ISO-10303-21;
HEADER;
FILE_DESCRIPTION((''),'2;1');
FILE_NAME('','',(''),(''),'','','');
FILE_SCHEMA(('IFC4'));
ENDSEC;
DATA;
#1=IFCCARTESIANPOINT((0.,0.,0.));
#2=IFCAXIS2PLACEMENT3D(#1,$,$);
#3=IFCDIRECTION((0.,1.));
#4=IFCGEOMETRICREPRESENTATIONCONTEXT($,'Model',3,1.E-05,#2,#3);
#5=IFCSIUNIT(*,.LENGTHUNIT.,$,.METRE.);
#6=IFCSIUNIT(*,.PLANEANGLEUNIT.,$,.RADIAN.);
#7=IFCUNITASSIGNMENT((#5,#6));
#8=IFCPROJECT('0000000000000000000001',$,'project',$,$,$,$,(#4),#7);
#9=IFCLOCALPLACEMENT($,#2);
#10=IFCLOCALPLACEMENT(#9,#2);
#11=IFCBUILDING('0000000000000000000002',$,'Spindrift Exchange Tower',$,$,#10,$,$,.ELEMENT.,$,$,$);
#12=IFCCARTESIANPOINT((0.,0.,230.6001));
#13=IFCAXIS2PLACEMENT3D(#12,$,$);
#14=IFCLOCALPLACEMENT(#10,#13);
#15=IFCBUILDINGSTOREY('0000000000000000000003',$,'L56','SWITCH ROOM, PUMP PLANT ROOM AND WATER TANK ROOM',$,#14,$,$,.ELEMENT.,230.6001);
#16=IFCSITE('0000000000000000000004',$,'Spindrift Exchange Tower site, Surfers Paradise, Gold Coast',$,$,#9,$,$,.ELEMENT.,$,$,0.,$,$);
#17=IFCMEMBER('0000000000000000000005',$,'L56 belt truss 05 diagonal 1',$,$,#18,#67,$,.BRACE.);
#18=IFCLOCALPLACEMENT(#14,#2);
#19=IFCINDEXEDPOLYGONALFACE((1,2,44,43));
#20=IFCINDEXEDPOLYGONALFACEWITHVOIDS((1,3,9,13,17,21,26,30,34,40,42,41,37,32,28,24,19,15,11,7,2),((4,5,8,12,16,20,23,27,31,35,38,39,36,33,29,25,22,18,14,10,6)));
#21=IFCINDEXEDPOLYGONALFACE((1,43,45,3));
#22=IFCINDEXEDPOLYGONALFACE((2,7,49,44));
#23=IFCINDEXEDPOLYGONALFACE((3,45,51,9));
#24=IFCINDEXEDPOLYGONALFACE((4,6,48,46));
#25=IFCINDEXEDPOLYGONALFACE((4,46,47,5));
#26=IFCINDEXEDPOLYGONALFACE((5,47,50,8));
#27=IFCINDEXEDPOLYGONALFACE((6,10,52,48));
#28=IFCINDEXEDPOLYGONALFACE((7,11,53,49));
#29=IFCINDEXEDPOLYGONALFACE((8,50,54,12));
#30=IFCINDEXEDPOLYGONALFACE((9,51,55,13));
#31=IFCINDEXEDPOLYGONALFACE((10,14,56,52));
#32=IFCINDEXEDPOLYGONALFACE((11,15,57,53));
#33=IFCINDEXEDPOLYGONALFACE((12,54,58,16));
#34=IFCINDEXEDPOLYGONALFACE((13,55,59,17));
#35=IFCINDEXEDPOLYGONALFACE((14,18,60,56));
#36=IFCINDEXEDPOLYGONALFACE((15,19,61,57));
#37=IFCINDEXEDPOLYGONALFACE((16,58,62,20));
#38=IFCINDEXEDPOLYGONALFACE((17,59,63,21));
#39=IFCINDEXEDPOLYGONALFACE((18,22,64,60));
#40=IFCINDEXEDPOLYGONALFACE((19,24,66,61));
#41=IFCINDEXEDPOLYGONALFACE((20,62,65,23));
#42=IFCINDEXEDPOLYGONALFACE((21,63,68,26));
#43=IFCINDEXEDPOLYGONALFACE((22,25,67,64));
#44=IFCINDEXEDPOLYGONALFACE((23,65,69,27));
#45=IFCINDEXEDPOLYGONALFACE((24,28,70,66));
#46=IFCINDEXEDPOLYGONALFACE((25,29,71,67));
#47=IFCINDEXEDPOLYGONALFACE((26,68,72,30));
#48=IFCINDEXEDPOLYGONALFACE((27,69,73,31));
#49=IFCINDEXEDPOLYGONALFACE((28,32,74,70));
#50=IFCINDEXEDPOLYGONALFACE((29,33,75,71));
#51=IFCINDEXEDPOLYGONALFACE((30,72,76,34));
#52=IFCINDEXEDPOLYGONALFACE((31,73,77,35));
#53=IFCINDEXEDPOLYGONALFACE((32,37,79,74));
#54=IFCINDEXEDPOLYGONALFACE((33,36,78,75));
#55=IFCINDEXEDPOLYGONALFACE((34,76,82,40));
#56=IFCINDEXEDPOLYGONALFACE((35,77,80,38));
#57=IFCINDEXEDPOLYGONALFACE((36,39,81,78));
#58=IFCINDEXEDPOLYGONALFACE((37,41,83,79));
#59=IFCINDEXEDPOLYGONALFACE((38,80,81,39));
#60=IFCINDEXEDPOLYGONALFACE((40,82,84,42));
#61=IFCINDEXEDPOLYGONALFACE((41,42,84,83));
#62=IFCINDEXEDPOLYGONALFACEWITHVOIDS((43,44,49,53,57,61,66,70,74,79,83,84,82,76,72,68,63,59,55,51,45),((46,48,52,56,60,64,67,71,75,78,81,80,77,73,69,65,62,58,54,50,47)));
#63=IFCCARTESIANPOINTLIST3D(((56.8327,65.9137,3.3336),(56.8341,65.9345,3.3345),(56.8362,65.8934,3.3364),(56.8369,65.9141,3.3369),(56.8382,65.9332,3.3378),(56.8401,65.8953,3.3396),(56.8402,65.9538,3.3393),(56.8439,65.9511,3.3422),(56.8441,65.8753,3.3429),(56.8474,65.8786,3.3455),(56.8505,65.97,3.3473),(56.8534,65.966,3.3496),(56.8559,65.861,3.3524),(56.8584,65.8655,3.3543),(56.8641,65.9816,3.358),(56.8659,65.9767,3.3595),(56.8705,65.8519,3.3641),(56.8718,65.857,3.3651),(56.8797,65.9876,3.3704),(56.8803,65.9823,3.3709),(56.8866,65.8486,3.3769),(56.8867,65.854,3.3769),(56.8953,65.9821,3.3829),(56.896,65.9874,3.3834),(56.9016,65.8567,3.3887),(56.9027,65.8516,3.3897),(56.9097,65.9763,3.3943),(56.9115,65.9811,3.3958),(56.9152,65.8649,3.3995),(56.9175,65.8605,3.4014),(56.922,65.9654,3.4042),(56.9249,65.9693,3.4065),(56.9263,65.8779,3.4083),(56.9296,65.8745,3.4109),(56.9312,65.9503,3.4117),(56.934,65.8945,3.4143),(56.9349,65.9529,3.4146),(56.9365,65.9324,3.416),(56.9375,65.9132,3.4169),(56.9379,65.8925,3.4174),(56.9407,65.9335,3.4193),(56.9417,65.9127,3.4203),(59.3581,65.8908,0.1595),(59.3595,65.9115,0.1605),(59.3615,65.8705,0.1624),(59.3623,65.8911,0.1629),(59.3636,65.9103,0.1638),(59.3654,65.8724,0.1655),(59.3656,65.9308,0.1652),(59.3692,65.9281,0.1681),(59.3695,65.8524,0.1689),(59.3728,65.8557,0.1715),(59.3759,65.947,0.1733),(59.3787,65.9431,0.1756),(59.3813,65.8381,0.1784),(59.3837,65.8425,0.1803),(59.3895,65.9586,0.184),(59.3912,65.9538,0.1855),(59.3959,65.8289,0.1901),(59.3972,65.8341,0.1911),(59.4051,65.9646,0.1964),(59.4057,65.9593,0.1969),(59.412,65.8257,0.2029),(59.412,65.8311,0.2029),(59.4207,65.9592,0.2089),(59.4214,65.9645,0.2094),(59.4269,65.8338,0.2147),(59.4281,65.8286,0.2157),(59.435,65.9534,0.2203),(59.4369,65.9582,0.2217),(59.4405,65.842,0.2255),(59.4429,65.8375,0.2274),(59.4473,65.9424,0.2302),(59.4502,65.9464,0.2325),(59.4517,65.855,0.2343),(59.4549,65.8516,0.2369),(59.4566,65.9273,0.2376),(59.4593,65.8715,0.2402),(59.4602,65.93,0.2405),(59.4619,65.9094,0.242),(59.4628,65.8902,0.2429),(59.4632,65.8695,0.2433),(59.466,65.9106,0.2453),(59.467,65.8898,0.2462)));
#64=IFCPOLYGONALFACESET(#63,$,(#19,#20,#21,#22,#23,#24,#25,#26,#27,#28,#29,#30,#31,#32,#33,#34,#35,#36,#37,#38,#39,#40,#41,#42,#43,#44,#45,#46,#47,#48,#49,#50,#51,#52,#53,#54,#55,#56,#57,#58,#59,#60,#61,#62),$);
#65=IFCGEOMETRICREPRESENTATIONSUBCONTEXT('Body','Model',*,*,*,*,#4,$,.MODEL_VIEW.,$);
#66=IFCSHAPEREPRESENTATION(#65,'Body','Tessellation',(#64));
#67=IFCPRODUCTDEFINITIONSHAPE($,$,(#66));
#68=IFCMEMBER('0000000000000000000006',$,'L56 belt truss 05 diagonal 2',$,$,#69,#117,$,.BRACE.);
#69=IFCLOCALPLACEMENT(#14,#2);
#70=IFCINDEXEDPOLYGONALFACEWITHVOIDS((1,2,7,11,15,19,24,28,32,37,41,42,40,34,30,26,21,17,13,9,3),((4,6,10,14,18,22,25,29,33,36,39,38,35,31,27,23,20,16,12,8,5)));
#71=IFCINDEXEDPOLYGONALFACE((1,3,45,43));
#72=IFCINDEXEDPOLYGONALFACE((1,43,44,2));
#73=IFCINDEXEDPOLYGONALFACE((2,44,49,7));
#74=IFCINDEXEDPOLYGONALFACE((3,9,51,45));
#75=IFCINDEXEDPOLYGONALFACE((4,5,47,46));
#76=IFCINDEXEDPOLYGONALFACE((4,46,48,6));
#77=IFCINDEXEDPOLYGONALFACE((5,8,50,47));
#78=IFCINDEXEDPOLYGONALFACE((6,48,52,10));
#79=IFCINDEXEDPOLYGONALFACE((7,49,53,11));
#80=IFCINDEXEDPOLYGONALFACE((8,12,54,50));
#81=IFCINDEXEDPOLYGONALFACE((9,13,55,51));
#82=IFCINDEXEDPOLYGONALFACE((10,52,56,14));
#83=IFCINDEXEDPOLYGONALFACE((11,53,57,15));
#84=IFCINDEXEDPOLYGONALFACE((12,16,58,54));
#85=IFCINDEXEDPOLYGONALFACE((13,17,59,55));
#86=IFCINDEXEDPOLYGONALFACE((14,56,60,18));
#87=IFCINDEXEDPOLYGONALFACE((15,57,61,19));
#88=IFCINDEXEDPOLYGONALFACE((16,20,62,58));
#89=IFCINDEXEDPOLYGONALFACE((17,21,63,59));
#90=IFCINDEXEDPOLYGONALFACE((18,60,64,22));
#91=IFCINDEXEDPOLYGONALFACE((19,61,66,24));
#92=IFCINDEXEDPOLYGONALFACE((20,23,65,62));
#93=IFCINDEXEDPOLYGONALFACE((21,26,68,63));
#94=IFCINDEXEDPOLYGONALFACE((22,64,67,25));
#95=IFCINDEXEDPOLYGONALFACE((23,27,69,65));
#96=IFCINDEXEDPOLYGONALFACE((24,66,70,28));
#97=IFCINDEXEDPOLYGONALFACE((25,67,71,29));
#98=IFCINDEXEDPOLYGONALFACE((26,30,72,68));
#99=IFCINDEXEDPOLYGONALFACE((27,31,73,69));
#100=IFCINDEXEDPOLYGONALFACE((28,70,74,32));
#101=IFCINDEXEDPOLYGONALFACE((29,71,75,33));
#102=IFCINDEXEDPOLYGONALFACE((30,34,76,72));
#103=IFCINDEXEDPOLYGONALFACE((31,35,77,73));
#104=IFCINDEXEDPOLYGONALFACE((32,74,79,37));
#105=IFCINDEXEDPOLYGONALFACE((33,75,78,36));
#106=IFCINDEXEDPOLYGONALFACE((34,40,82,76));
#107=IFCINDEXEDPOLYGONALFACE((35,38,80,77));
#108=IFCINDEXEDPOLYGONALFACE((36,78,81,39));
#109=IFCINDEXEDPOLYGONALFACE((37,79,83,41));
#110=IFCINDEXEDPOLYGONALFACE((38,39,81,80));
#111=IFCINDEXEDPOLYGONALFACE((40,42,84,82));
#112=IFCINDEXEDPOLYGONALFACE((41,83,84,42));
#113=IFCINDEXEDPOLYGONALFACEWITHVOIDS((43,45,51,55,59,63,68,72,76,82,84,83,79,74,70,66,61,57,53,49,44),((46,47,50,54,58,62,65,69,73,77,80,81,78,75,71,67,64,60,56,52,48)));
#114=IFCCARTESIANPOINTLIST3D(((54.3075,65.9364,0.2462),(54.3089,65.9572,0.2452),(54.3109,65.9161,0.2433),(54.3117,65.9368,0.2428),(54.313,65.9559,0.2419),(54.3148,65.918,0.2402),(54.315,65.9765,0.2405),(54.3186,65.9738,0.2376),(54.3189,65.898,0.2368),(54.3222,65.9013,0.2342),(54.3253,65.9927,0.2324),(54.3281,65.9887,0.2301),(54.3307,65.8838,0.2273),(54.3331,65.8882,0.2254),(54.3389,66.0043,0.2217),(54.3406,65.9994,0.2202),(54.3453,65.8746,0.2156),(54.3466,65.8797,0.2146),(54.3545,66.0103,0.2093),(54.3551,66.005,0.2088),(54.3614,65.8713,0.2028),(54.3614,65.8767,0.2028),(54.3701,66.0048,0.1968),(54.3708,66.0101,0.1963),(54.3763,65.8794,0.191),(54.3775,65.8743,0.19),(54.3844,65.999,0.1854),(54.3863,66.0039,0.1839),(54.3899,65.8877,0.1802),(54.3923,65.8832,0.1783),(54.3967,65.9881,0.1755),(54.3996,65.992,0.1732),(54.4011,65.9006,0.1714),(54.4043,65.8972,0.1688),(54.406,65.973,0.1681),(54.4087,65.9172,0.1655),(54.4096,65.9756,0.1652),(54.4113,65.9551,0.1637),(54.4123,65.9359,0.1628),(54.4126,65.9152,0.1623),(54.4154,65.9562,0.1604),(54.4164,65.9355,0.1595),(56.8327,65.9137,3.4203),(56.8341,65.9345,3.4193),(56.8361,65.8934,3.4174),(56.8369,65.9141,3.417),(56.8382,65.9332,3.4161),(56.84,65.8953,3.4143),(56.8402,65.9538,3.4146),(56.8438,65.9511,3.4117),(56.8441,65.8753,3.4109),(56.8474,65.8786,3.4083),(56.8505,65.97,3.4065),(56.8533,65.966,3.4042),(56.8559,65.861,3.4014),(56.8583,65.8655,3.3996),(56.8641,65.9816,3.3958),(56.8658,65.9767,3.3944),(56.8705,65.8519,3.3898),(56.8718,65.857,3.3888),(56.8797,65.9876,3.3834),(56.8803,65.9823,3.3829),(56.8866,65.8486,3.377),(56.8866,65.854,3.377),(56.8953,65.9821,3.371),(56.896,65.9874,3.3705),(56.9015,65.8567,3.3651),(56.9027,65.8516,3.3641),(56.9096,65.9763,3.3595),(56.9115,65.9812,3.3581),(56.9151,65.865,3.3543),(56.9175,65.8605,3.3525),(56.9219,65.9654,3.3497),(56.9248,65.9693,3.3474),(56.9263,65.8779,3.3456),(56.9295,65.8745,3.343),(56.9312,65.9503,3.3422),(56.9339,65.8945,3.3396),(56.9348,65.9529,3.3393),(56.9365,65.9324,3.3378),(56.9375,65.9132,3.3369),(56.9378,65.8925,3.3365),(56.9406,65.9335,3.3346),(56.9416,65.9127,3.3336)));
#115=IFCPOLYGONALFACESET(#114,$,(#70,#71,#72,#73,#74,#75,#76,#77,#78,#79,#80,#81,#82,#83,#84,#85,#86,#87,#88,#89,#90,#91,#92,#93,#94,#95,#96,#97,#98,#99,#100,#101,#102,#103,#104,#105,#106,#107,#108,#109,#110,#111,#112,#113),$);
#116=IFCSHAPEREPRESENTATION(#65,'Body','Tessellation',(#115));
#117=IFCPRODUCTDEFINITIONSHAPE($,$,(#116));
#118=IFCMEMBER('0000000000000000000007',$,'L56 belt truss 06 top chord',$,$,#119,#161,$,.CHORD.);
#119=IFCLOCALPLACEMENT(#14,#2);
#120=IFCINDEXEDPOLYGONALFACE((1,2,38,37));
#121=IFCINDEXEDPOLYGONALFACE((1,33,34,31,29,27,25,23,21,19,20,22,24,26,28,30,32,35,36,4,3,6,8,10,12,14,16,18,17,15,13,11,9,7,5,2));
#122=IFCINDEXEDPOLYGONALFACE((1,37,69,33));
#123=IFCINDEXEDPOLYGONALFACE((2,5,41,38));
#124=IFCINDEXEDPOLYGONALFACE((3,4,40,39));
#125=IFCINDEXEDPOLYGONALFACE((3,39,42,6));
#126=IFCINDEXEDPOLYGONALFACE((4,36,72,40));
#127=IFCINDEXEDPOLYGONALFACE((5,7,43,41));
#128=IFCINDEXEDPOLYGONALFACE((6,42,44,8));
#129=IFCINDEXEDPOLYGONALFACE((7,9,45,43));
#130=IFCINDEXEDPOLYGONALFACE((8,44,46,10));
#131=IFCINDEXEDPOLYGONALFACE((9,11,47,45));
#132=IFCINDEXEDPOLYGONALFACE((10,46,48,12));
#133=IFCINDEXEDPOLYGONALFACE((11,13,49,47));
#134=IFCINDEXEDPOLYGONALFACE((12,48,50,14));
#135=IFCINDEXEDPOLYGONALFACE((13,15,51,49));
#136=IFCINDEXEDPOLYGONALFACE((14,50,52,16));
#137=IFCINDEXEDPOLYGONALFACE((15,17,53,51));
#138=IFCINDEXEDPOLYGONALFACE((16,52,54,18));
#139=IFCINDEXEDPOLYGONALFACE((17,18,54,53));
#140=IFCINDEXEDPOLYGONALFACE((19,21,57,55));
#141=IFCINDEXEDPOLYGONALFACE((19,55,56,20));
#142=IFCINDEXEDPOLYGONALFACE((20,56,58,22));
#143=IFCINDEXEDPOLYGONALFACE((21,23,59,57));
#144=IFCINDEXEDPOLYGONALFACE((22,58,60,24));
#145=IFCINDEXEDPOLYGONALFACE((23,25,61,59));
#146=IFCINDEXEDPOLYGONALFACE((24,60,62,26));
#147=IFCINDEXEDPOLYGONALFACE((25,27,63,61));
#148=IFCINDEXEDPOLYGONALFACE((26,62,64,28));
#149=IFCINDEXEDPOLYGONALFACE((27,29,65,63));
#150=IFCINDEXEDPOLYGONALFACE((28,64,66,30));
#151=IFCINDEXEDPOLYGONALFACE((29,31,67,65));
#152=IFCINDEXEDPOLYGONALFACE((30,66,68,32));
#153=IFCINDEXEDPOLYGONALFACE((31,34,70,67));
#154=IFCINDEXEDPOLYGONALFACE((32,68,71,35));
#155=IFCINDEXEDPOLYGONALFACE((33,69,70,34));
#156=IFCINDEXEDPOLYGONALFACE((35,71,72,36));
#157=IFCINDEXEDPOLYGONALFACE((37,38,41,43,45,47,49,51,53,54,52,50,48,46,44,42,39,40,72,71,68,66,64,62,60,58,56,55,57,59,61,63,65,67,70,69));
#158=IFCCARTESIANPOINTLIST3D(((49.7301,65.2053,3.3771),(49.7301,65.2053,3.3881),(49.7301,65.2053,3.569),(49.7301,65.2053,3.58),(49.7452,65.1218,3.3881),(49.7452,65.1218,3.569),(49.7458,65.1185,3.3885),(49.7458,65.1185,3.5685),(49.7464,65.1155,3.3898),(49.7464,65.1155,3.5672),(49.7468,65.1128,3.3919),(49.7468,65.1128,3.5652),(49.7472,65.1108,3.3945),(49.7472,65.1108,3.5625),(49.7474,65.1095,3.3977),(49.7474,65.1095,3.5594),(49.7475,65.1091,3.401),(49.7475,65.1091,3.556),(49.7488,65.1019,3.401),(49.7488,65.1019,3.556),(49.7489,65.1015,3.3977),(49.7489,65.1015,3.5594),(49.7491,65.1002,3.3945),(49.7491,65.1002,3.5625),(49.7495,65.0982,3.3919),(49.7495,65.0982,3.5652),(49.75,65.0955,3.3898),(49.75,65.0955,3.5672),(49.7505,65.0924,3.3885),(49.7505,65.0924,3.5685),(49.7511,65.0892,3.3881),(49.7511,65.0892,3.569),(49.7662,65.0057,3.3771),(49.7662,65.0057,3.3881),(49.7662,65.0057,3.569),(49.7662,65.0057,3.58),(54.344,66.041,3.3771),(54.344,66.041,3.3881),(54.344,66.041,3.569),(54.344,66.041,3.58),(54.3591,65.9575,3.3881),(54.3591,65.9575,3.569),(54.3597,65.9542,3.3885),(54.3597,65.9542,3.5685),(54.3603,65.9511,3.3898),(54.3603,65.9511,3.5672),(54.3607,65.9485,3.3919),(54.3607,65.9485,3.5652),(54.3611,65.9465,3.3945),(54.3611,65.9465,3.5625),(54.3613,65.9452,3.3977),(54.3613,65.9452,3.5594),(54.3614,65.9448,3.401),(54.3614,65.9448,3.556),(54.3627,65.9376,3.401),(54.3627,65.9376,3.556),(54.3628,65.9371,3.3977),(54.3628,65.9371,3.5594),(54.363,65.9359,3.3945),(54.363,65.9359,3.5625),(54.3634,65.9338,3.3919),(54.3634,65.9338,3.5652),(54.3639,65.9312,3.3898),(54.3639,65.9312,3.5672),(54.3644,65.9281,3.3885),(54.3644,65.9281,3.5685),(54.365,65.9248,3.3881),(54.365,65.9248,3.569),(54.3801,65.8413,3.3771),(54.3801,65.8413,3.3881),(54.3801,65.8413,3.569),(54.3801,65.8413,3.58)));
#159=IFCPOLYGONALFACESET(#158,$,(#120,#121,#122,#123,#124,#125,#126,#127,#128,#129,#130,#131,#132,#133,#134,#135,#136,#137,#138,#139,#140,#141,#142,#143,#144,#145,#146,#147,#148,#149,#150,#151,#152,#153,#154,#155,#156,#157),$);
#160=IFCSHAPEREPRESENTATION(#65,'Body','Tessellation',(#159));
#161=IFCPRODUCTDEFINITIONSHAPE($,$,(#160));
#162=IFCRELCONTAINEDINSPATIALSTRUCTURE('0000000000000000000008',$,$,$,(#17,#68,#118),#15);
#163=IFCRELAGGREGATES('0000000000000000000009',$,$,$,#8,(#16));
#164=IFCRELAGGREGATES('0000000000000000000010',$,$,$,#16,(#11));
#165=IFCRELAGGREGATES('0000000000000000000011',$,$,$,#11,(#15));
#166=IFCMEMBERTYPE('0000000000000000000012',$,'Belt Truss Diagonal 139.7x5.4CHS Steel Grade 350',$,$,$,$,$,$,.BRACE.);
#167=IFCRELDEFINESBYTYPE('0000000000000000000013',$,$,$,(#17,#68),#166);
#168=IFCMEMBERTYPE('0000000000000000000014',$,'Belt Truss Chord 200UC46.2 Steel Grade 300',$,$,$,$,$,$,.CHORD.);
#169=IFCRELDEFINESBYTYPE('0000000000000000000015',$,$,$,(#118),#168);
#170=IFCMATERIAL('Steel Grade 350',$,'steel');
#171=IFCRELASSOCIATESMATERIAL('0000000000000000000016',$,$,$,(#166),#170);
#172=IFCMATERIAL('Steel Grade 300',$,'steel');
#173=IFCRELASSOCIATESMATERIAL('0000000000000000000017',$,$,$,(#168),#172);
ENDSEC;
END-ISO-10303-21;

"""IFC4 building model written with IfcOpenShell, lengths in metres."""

from ifc_helpers import new_model, si_unit, direction, frame, origin, origin_2d, place, context, subcontext, project, spatial, hollow_circle, i_section, extrude, source, transform, mapped, material, material_profile, profile_set, type_object, element, save


model = new_model("IFC4")

# Units and contexts
model_context = context("Model", 3, precision=1e-05, world=origin(), true_north=direction((0.0, 1.0)))
body_context = subcontext(model_context, "Body", "Model", "MODEL_VIEW")
ifc_project = project(units=[si_unit("LENGTHUNIT", "METRE"), si_unit("PLANEANGLEUNIT", "RADIAN")], contexts=[model_context])

# Site, building, storey
site_placement = place(None, origin())
site = spatial("IfcSite", under=ifc_project, at=site_placement, Name="Spindrift Exchange Tower site, Surfers Paradise, Gold Coast", CompositionType="ELEMENT", RefElevation=0.0)
building_placement = place(site_placement, origin())
building = spatial("IfcBuilding", under=site, at=building_placement, Name="Spindrift Exchange Tower", CompositionType="ELEMENT")
storey_placement = place(building_placement, frame((0.0, 0.0, 230.6001)))
storey = spatial("IfcBuildingStorey", under=building, at=storey_placement, Name="L56", Description="SWITCH ROOM, PUMP PLANT ROOM AND WATER TANK ROOM", CompositionType="ELEMENT", Elevation=230.6001)

# Members
ifc_material_1 = material(Name="Steel Grade 300", Category="steel")
ifc_material_2 = material(Name="Steel Grade 350", Category="steel")
ifc_material_profile_1 = material_profile(ifc_material_2, hollow_circle(Radius=0.0698, WallThickness=0.0054, at=origin_2d()), Name="139.7x5.4CHS")
ifc_profile_set_1 = profile_set([ifc_material_profile_1], Name="Steel Grade 350")
member_type_1 = type_object("IfcMemberType", Name="Belt Truss Diagonal 139.7x5.4CHS Steel Grade 350", PredefinedType="BRACE", material=ifc_profile_set_1)
ifc_material_profile_2 = material_profile(ifc_material_1, i_section(OverallWidth=0.2029, OverallDepth=0.2029, WebThickness=0.0073, FlangeThickness=0.011, FilletRadius=0.0129, at=origin_2d()), Name="200UC46.2")
ifc_profile_set_2 = profile_set([ifc_material_profile_2], Name="Steel Grade 300")
member_type_2 = type_object("IfcMemberType", Name="Belt Truss Chord 200UC46.2 Steel Grade 300", PredefinedType="CHORD", material=ifc_profile_set_2)
shared_shape_1 = source(origin(), body_context, "Body", "SweptSolid", [
    extrude(hollow_circle(Radius=0.0698, WallThickness=0.0054, at=origin_2d()), origin(), (0.0, 0.0, 1.0), 4.0562),
])
for number, where, z_axis, x_axis, name in (
    (1, (59.4126, 65.8955, 0.2029), (-0.622598, 0.005658, 0.782521), (-0.009087, -0.999959, 0.0), "L56 belt truss 05 diagonal 1"),
    (2, (56.8872, 65.9185, 3.377), (-0.622562, 0.005598, -0.782551), (-0.008991, -0.99996, 0.0), "L56 belt truss 05 diagonal 2"),
):
    element("IfcMember", number, at=place(storey_placement, frame(where, z_axis=z_axis, x_axis=x_axis)), inside=storey, type_object=member_type_1, Name=name, PredefinedType="BRACE", context=body_context, shape_type="MappedRepresentation", body=[
        mapped(shared_shape_1, transform((0.0, 0.0, 0.0), scale=1.0)),
    ])
shared_shape_2 = source(origin(), body_context, "Body", "SweptSolid", [
    extrude(i_section(OverallWidth=0.2029, OverallDepth=0.2029, WebThickness=0.0073, FlangeThickness=0.011, FilletRadius=0.0129, at=origin_2d()), origin(), (0.0, 0.0, 1.0), 4.689),
])
for number, where, z_axis, x_axis, name in (
    (3, (54.3621, 65.9412, 3.4785), (-0.98399, -0.178221, 0.0), (0.178221, -0.98399, 0.0), "L56 belt truss 06 top chord"),
):
    element("IfcMember", number, at=place(storey_placement, frame(where, z_axis=z_axis, x_axis=x_axis)), inside=storey, type_object=member_type_2, Name=name, PredefinedType="CHORD", context=body_context, shape_type="MappedRepresentation", body=[
        mapped(shared_shape_2, transform((0.0, 0.0, 0.0), scale=1.0)),
    ])

save(model, "model.ifc")
